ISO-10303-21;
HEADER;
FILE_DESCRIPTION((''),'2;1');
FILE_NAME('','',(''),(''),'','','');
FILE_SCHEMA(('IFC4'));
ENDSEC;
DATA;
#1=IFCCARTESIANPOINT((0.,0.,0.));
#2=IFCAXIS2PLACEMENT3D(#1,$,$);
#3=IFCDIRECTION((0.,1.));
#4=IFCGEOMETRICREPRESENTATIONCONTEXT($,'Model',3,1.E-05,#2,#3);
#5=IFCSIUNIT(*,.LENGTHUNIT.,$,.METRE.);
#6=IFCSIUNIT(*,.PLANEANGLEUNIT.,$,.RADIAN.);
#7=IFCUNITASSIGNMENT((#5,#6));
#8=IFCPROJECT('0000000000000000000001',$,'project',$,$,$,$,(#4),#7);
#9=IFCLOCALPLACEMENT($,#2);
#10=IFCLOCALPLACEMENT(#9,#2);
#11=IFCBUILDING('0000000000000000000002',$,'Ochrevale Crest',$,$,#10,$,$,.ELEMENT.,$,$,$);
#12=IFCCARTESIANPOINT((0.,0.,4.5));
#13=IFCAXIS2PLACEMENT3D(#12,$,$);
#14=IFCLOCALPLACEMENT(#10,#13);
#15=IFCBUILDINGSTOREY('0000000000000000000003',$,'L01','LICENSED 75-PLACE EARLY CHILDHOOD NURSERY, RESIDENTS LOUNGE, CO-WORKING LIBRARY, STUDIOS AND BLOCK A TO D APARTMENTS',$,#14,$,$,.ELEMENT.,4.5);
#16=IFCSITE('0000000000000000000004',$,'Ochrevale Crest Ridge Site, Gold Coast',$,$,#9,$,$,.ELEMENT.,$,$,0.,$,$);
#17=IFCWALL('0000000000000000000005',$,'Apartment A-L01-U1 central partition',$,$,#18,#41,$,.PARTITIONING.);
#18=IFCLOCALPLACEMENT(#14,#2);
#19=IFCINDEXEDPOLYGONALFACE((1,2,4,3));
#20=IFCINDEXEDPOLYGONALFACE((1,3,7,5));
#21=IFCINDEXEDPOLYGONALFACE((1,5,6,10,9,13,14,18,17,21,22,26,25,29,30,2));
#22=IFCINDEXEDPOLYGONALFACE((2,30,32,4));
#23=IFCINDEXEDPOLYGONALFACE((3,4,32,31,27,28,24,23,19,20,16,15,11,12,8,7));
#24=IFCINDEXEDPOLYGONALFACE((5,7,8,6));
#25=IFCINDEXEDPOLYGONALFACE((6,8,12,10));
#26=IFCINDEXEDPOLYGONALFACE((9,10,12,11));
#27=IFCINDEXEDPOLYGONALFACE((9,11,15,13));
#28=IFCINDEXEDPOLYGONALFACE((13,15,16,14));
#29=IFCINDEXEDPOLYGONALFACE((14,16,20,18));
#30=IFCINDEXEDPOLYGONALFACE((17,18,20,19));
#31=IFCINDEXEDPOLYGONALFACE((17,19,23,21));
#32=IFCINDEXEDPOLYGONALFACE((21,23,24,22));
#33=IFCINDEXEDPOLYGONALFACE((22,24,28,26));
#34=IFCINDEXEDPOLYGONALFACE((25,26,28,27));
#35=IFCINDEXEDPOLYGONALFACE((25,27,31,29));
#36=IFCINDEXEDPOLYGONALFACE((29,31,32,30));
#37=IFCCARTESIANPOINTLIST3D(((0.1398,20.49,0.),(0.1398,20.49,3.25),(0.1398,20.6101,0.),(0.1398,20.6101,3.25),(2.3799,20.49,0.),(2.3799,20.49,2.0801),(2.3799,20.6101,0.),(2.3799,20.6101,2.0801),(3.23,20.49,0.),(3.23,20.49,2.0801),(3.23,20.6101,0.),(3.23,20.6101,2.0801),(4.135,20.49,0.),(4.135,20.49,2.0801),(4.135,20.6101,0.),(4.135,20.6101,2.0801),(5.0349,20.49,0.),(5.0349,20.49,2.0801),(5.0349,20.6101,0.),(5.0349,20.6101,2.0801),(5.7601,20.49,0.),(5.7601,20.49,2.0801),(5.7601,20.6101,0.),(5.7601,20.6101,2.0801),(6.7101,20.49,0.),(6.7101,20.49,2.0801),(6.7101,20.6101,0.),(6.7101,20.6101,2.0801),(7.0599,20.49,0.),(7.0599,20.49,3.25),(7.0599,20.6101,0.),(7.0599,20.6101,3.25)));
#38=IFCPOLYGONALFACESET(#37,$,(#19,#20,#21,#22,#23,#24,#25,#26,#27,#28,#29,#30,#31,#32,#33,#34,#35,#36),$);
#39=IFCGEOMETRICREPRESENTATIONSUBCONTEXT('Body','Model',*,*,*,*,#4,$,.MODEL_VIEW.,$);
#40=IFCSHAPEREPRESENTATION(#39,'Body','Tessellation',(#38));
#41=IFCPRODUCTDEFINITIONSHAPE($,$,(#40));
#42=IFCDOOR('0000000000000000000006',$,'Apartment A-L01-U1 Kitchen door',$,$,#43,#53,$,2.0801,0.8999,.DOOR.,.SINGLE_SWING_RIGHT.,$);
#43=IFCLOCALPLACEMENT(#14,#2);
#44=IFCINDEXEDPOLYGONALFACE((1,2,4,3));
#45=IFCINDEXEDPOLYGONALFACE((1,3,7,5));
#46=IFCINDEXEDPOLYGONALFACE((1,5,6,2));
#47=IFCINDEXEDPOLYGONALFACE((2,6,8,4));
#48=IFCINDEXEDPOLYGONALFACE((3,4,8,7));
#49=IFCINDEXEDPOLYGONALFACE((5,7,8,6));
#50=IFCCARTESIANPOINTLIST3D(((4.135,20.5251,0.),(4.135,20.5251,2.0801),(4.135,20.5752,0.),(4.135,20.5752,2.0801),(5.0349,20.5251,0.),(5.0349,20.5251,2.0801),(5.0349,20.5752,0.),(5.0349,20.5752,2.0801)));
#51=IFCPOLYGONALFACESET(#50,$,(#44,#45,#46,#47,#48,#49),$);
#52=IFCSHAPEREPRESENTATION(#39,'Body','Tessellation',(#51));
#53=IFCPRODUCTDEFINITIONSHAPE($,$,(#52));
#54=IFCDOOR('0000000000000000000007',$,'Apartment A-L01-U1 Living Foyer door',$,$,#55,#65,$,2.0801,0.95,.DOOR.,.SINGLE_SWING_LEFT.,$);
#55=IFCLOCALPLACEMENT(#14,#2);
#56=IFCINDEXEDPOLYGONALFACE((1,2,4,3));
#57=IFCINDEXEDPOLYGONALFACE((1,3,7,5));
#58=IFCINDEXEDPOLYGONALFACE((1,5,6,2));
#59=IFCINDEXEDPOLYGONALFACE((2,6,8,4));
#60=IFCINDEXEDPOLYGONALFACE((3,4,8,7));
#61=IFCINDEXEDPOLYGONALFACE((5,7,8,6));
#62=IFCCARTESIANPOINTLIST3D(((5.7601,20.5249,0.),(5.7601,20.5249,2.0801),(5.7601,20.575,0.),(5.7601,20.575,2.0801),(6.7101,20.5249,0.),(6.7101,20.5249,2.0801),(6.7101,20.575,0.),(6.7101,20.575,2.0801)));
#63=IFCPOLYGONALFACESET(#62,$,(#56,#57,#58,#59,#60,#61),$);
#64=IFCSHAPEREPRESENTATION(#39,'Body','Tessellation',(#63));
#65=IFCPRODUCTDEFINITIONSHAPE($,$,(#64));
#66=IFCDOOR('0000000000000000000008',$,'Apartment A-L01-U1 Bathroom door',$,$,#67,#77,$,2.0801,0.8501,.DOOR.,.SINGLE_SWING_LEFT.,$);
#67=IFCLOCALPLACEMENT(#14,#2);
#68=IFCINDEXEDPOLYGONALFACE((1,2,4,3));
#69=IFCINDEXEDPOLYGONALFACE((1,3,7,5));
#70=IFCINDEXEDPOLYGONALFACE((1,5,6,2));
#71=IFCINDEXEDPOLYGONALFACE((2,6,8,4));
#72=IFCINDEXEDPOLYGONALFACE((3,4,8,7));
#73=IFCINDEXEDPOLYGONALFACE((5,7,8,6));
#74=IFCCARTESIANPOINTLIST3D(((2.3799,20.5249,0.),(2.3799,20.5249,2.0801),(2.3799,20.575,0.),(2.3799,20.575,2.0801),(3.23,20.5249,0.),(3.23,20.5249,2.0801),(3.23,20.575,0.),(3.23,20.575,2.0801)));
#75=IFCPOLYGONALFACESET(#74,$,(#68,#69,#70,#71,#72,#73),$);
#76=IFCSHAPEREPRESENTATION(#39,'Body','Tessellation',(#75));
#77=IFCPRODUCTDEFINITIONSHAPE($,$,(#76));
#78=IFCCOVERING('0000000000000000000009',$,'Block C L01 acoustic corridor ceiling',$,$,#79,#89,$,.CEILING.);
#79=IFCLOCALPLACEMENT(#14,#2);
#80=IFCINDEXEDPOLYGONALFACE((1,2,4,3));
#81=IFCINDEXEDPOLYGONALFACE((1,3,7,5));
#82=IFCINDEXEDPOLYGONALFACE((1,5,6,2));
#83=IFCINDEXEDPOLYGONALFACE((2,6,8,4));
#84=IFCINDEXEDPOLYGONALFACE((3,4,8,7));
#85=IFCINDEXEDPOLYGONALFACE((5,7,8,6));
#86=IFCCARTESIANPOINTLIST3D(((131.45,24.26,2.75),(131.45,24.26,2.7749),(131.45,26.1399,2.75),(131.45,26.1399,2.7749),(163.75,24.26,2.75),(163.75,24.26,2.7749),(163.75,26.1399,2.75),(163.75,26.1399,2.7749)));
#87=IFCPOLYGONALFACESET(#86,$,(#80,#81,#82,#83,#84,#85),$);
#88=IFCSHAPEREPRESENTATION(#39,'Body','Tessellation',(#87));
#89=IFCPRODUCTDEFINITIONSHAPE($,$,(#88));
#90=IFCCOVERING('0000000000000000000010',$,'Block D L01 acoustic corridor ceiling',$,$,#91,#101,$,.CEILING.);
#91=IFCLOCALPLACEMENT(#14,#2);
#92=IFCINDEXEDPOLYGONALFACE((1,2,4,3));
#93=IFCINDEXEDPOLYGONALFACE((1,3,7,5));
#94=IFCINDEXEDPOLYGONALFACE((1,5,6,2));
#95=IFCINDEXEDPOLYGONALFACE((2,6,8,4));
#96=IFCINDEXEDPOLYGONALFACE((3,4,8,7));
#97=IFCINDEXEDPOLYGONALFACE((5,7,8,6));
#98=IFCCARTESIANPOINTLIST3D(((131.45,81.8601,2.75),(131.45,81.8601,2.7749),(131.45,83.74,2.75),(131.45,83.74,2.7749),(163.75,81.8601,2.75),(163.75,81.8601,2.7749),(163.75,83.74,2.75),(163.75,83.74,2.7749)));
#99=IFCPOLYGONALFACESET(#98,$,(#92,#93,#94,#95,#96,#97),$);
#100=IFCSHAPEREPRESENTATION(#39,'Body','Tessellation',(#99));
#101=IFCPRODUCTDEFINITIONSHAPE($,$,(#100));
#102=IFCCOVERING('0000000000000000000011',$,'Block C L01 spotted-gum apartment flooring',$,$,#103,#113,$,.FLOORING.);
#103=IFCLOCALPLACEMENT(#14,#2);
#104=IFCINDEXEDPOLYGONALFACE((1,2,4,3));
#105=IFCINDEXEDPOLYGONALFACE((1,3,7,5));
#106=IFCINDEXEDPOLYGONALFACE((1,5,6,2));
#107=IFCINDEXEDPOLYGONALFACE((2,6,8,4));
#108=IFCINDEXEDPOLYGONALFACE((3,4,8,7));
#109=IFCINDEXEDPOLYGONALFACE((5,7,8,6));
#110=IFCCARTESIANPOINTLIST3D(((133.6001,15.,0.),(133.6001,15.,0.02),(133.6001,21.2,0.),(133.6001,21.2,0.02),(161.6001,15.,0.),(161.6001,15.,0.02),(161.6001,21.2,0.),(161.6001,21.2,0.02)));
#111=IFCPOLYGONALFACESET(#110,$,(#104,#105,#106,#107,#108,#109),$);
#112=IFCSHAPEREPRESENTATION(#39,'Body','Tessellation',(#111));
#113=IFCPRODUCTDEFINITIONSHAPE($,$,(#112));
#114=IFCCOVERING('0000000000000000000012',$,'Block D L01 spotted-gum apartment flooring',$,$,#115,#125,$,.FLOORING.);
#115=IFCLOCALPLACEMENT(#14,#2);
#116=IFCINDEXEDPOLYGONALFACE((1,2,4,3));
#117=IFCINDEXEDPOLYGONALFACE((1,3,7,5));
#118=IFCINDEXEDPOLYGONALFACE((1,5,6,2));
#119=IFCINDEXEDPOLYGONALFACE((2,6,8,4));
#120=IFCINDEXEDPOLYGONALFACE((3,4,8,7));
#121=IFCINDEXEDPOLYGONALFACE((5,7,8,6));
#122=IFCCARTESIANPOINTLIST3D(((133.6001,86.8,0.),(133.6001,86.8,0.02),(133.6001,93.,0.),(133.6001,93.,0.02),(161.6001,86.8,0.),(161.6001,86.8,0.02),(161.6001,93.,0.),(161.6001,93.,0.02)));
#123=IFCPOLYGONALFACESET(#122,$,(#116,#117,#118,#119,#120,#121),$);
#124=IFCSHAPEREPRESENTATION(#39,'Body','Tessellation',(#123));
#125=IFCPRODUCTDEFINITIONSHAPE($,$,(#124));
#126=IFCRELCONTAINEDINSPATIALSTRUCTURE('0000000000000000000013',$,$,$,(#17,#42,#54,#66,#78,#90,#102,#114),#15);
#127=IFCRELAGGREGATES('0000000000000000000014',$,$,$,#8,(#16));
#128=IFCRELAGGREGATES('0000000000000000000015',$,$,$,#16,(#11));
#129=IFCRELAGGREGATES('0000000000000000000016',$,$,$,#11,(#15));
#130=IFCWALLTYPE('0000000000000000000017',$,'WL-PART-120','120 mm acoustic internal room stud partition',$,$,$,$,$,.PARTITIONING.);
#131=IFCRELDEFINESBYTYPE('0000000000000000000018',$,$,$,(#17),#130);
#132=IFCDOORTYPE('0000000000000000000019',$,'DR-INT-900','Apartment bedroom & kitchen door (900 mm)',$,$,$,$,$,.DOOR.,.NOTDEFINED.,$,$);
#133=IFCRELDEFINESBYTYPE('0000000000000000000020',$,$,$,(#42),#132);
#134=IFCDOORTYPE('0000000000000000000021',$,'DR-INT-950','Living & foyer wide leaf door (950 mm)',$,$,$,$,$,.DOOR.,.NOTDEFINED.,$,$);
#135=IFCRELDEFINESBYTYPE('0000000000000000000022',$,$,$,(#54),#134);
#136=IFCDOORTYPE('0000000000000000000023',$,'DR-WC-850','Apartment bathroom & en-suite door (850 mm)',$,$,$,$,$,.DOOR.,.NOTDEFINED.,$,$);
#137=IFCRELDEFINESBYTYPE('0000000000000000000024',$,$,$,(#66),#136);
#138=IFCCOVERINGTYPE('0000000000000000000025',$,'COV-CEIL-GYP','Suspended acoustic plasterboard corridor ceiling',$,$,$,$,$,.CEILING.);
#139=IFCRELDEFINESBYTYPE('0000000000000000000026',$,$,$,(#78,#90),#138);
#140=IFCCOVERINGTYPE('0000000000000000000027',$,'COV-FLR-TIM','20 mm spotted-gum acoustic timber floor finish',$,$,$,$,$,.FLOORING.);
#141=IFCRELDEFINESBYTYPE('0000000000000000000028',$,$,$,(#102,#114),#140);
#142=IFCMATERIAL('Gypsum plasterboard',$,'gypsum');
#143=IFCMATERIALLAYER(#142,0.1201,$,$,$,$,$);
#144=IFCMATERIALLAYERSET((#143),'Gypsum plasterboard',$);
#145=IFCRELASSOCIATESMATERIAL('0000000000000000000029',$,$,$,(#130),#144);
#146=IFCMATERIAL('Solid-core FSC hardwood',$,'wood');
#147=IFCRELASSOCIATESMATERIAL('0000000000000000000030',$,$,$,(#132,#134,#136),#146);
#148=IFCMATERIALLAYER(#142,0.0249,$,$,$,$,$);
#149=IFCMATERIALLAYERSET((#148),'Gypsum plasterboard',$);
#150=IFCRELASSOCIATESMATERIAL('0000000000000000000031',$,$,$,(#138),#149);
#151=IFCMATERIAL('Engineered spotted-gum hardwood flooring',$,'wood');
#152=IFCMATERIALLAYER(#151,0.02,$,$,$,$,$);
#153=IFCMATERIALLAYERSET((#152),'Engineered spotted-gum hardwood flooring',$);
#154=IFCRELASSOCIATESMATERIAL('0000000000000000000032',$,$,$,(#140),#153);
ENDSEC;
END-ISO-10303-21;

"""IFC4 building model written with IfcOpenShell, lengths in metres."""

from ifc_helpers import new_model, si_unit, direction, frame, frame_2d, origin, place, context, subcontext, project, spatial, polyline, rectangle, outline, extrude, material, layer, layer_set, type_object, element, fill, save


model = new_model("IFC4")

# Units and contexts
model_context = context("Model", 3, precision=1e-05, world=origin(), true_north=direction((0.0, 1.0)))
body_context = subcontext(model_context, "Body", "Model", "MODEL_VIEW")
ifc_project = project(units=[si_unit("LENGTHUNIT", "METRE"), si_unit("PLANEANGLEUNIT", "RADIAN")], contexts=[model_context])

# Site, building, storey
site_placement = place(None, origin())
site = spatial("IfcSite", under=ifc_project, at=site_placement, Name="Ochrevale Crest Ridge Site, Gold Coast", CompositionType="ELEMENT", RefElevation=0.0)
building_placement = place(site_placement, origin())
building = spatial("IfcBuilding", under=site, at=building_placement, Name="Ochrevale Crest", CompositionType="ELEMENT")
storey_placement = place(building_placement, frame((0.0, 0.0, 4.5)))
storey = spatial("IfcBuildingStorey", under=building, at=storey_placement, Name="L01", Description="LICENSED 75-PLACE EARLY CHILDHOOD NURSERY, RESIDENTS LOUNGE, CO-WORKING LIBRARY, STUDIOS AND BLOCK A TO D APARTMENTS", CompositionType="ELEMENT", Elevation=4.5)

# Wall, openings, doors
ifc_material_1 = material(Name="Gypsum plasterboard", Category="gypsum")
ifc_layer_1 = layer(ifc_material_1, 0.1201)
ifc_layer_set_1 = layer_set([ifc_layer_1], Name="Gypsum plasterboard")
wall_type = type_object("IfcWallType", Name="WL-PART-120", Description="120 mm acoustic internal room stud partition", PredefinedType="PARTITIONING", material=ifc_layer_set_1)
wall_placement = place(storey_placement, frame((0.1399, 20.55, 0.0), z_axis=(0.0, 0.0, 1.0), x_axis=(1.0, 0.0, 0.0)))
wall = element("IfcWall", 1, at=wall_placement, inside=storey, type_object=wall_type, Name="Apartment A-L01-U1 central partition", PredefinedType="PARTITIONING", context=body_context, shape_type="SweptSolid", body=[
    extrude(rectangle(XDim=6.9202, YDim=0.1201, at=frame_2d((3.46, 0.0))), origin(), (0.0, 0.0, 1.0), 3.25),
])
opening_1_placement = place(wall_placement, frame((2.24, 0.0, 0.0)))
opening_1 = element("IfcOpeningElement", 2, at=opening_1_placement, cuts=wall, PredefinedType="OPENING", context=body_context, shape_type="SweptSolid", body=[
    extrude(rectangle(XDim=0.8501, YDim=2.0801, at=frame_2d((0.425, 1.04))), frame((0.0, 0.0701, 0.0), z_axis=(0.0, -1.0, 0.0), x_axis=(1.0, 0.0, 0.0)), (0.0, 0.0, 1.0), 0.1401),
])
opening_2_placement = place(wall_placement, frame((4.895, 0.0, 0.0), z_axis=(0.0, 0.0, 1.0), x_axis=(-1.0, 0.0, 0.0)))
opening_2 = element("IfcOpeningElement", 3, at=opening_2_placement, cuts=wall, PredefinedType="OPENING", context=body_context, shape_type="SweptSolid", body=[
    extrude(rectangle(XDim=0.8999, YDim=2.0801, at=frame_2d((0.45, 1.04))), frame((0.0, 0.0701, 0.0), z_axis=(0.0, -1.0, 0.0), x_axis=(1.0, 0.0, 0.0)), (0.0, 0.0, 1.0), 0.1401),
])
opening_3_placement = place(wall_placement, frame((5.6201, 0.0, 0.0)))
opening_3 = element("IfcOpeningElement", 4, at=opening_3_placement, cuts=wall, PredefinedType="OPENING", context=body_context, shape_type="SweptSolid", body=[
    extrude(rectangle(XDim=0.95, YDim=2.0801, at=frame_2d((0.4751, 1.04))), frame((0.0, 0.0701, 0.0), z_axis=(0.0, -1.0, 0.0), x_axis=(1.0, 0.0, 0.0)), (0.0, 0.0, 1.0), 0.1401),
])
ifc_material_2 = material(Name="Solid-core FSC hardwood", Category="wood")
door_type_1 = type_object("IfcDoorType", Name="DR-INT-900", Description="Apartment bedroom & kitchen door (900 mm)", OperationType="NOTDEFINED", PredefinedType="DOOR", material=ifc_material_2)
door_1_placement = place(opening_2_placement, origin())
door_1 = element("IfcDoor", 5, at=door_1_placement, inside=storey, type_object=door_type_1, Name="Apartment A-L01-U1 Kitchen door", OperationType="SINGLE_SWING_RIGHT", OverallHeight=2.0801, OverallWidth=0.8999, PredefinedType="DOOR", context=body_context, shape_type="SweptSolid", body=[
    extrude(rectangle(XDim=0.8999, YDim=2.0801, at=frame_2d((0.45, 1.04))), frame((0.0, 0.0249, 0.0), z_axis=(0.0, -1.0, 0.0), x_axis=(1.0, 0.0, 0.0)), (0.0, 0.0, 1.0), 0.05),
])
fill(opening_2, door_1)
door_type_2 = type_object("IfcDoorType", Name="DR-INT-950", Description="Living & foyer wide leaf door (950 mm)", OperationType="NOTDEFINED", PredefinedType="DOOR", material=ifc_material_2)
door_2_placement = place(opening_3_placement, origin())
door_2 = element("IfcDoor", 6, at=door_2_placement, inside=storey, type_object=door_type_2, Name="Apartment A-L01-U1 Living Foyer door", OperationType="SINGLE_SWING_LEFT", OverallHeight=2.0801, OverallWidth=0.95, PredefinedType="DOOR", context=body_context, shape_type="SweptSolid", body=[
    extrude(rectangle(XDim=0.95, YDim=2.0801, at=frame_2d((0.4751, 1.04))), frame((0.0, 0.0249, 0.0), z_axis=(0.0, -1.0, 0.0), x_axis=(1.0, 0.0, 0.0)), (0.0, 0.0, 1.0), 0.05),
])
fill(opening_3, door_2)
door_type_3 = type_object("IfcDoorType", Name="DR-WC-850", Description="Apartment bathroom & en-suite door (850 mm)", OperationType="NOTDEFINED", PredefinedType="DOOR", material=ifc_material_2)
door_3_placement = place(opening_1_placement, origin())
door_3 = element("IfcDoor", 7, at=door_3_placement, inside=storey, type_object=door_type_3, Name="Apartment A-L01-U1 Bathroom door", OperationType="SINGLE_SWING_LEFT", OverallHeight=2.0801, OverallWidth=0.8501, PredefinedType="DOOR", context=body_context, shape_type="SweptSolid", body=[
    extrude(rectangle(XDim=0.8501, YDim=2.0801, at=frame_2d((0.425, 1.04))), frame((0.0, 0.0249, 0.0), z_axis=(0.0, -1.0, 0.0), x_axis=(1.0, 0.0, 0.0)), (0.0, 0.0, 1.0), 0.05),
])
fill(opening_1, door_3)

# Coverings
ifc_layer_2 = layer(ifc_material_1, 0.0249)
ifc_layer_set_2 = layer_set([ifc_layer_2], Name="Gypsum plasterboard")
covering_type_1 = type_object("IfcCoveringType", Name="COV-CEIL-GYP", Description="Suspended acoustic plasterboard corridor ceiling", PredefinedType="CEILING", material=ifc_layer_set_2)
covering_1_placement = place(storey_placement, frame((0.0, 0.0, 2.75)))
element("IfcCovering", 8, at=covering_1_placement, inside=storey, type_object=covering_type_1, Name="Block C L01 acoustic corridor ceiling", PredefinedType="CEILING", context=body_context, shape_type="SweptSolid", body=[
    extrude(outline(polyline([(131.45, 24.26), (163.75, 24.26), (163.75, 26.1399), (131.45, 26.1399), (131.45, 24.26)])), origin(), (0.0, 0.0, 1.0), 0.0249),
])
covering_2_placement = place(storey_placement, frame((0.0, 0.0, 2.75)))
element("IfcCovering", 9, at=covering_2_placement, inside=storey, type_object=covering_type_1, Name="Block D L01 acoustic corridor ceiling", PredefinedType="CEILING", context=body_context, shape_type="SweptSolid", body=[
    extrude(outline(polyline([(131.45, 81.8601), (163.75, 81.8601), (163.75, 83.74), (131.45, 83.74), (131.45, 81.8601)])), origin(), (0.0, 0.0, 1.0), 0.0249),
])
ifc_material_3 = material(Name="Engineered spotted-gum hardwood flooring", Category="wood")
ifc_layer_3 = layer(ifc_material_3, 0.02)
ifc_layer_set_3 = layer_set([ifc_layer_3], Name="Engineered spotted-gum hardwood flooring")
covering_type_2 = type_object("IfcCoveringType", Name="COV-FLR-TIM", Description="20 mm spotted-gum acoustic timber floor finish", PredefinedType="FLOORING", material=ifc_layer_set_3)
covering_3_placement = place(storey_placement, origin())
element("IfcCovering", 10, at=covering_3_placement, inside=storey, type_object=covering_type_2, Name="Block C L01 spotted-gum apartment flooring", PredefinedType="FLOORING", context=body_context, shape_type="SweptSolid", body=[
    extrude(outline(polyline([(133.6001, 15.0), (161.6001, 15.0), (161.6001, 21.2), (133.6001, 21.2), (133.6001, 15.0)])), origin(), (0.0, 0.0, 1.0), 0.02),
])
covering_4_placement = place(storey_placement, origin())
element("IfcCovering", 11, at=covering_4_placement, inside=storey, type_object=covering_type_2, Name="Block D L01 spotted-gum apartment flooring", PredefinedType="FLOORING", context=body_context, shape_type="SweptSolid", body=[
    extrude(outline(polyline([(133.6001, 86.8), (161.6001, 86.8), (161.6001, 93.0), (133.6001, 93.0), (133.6001, 86.8)])), origin(), (0.0, 0.0, 1.0), 0.02),
])

save(model, "model.ifc")
